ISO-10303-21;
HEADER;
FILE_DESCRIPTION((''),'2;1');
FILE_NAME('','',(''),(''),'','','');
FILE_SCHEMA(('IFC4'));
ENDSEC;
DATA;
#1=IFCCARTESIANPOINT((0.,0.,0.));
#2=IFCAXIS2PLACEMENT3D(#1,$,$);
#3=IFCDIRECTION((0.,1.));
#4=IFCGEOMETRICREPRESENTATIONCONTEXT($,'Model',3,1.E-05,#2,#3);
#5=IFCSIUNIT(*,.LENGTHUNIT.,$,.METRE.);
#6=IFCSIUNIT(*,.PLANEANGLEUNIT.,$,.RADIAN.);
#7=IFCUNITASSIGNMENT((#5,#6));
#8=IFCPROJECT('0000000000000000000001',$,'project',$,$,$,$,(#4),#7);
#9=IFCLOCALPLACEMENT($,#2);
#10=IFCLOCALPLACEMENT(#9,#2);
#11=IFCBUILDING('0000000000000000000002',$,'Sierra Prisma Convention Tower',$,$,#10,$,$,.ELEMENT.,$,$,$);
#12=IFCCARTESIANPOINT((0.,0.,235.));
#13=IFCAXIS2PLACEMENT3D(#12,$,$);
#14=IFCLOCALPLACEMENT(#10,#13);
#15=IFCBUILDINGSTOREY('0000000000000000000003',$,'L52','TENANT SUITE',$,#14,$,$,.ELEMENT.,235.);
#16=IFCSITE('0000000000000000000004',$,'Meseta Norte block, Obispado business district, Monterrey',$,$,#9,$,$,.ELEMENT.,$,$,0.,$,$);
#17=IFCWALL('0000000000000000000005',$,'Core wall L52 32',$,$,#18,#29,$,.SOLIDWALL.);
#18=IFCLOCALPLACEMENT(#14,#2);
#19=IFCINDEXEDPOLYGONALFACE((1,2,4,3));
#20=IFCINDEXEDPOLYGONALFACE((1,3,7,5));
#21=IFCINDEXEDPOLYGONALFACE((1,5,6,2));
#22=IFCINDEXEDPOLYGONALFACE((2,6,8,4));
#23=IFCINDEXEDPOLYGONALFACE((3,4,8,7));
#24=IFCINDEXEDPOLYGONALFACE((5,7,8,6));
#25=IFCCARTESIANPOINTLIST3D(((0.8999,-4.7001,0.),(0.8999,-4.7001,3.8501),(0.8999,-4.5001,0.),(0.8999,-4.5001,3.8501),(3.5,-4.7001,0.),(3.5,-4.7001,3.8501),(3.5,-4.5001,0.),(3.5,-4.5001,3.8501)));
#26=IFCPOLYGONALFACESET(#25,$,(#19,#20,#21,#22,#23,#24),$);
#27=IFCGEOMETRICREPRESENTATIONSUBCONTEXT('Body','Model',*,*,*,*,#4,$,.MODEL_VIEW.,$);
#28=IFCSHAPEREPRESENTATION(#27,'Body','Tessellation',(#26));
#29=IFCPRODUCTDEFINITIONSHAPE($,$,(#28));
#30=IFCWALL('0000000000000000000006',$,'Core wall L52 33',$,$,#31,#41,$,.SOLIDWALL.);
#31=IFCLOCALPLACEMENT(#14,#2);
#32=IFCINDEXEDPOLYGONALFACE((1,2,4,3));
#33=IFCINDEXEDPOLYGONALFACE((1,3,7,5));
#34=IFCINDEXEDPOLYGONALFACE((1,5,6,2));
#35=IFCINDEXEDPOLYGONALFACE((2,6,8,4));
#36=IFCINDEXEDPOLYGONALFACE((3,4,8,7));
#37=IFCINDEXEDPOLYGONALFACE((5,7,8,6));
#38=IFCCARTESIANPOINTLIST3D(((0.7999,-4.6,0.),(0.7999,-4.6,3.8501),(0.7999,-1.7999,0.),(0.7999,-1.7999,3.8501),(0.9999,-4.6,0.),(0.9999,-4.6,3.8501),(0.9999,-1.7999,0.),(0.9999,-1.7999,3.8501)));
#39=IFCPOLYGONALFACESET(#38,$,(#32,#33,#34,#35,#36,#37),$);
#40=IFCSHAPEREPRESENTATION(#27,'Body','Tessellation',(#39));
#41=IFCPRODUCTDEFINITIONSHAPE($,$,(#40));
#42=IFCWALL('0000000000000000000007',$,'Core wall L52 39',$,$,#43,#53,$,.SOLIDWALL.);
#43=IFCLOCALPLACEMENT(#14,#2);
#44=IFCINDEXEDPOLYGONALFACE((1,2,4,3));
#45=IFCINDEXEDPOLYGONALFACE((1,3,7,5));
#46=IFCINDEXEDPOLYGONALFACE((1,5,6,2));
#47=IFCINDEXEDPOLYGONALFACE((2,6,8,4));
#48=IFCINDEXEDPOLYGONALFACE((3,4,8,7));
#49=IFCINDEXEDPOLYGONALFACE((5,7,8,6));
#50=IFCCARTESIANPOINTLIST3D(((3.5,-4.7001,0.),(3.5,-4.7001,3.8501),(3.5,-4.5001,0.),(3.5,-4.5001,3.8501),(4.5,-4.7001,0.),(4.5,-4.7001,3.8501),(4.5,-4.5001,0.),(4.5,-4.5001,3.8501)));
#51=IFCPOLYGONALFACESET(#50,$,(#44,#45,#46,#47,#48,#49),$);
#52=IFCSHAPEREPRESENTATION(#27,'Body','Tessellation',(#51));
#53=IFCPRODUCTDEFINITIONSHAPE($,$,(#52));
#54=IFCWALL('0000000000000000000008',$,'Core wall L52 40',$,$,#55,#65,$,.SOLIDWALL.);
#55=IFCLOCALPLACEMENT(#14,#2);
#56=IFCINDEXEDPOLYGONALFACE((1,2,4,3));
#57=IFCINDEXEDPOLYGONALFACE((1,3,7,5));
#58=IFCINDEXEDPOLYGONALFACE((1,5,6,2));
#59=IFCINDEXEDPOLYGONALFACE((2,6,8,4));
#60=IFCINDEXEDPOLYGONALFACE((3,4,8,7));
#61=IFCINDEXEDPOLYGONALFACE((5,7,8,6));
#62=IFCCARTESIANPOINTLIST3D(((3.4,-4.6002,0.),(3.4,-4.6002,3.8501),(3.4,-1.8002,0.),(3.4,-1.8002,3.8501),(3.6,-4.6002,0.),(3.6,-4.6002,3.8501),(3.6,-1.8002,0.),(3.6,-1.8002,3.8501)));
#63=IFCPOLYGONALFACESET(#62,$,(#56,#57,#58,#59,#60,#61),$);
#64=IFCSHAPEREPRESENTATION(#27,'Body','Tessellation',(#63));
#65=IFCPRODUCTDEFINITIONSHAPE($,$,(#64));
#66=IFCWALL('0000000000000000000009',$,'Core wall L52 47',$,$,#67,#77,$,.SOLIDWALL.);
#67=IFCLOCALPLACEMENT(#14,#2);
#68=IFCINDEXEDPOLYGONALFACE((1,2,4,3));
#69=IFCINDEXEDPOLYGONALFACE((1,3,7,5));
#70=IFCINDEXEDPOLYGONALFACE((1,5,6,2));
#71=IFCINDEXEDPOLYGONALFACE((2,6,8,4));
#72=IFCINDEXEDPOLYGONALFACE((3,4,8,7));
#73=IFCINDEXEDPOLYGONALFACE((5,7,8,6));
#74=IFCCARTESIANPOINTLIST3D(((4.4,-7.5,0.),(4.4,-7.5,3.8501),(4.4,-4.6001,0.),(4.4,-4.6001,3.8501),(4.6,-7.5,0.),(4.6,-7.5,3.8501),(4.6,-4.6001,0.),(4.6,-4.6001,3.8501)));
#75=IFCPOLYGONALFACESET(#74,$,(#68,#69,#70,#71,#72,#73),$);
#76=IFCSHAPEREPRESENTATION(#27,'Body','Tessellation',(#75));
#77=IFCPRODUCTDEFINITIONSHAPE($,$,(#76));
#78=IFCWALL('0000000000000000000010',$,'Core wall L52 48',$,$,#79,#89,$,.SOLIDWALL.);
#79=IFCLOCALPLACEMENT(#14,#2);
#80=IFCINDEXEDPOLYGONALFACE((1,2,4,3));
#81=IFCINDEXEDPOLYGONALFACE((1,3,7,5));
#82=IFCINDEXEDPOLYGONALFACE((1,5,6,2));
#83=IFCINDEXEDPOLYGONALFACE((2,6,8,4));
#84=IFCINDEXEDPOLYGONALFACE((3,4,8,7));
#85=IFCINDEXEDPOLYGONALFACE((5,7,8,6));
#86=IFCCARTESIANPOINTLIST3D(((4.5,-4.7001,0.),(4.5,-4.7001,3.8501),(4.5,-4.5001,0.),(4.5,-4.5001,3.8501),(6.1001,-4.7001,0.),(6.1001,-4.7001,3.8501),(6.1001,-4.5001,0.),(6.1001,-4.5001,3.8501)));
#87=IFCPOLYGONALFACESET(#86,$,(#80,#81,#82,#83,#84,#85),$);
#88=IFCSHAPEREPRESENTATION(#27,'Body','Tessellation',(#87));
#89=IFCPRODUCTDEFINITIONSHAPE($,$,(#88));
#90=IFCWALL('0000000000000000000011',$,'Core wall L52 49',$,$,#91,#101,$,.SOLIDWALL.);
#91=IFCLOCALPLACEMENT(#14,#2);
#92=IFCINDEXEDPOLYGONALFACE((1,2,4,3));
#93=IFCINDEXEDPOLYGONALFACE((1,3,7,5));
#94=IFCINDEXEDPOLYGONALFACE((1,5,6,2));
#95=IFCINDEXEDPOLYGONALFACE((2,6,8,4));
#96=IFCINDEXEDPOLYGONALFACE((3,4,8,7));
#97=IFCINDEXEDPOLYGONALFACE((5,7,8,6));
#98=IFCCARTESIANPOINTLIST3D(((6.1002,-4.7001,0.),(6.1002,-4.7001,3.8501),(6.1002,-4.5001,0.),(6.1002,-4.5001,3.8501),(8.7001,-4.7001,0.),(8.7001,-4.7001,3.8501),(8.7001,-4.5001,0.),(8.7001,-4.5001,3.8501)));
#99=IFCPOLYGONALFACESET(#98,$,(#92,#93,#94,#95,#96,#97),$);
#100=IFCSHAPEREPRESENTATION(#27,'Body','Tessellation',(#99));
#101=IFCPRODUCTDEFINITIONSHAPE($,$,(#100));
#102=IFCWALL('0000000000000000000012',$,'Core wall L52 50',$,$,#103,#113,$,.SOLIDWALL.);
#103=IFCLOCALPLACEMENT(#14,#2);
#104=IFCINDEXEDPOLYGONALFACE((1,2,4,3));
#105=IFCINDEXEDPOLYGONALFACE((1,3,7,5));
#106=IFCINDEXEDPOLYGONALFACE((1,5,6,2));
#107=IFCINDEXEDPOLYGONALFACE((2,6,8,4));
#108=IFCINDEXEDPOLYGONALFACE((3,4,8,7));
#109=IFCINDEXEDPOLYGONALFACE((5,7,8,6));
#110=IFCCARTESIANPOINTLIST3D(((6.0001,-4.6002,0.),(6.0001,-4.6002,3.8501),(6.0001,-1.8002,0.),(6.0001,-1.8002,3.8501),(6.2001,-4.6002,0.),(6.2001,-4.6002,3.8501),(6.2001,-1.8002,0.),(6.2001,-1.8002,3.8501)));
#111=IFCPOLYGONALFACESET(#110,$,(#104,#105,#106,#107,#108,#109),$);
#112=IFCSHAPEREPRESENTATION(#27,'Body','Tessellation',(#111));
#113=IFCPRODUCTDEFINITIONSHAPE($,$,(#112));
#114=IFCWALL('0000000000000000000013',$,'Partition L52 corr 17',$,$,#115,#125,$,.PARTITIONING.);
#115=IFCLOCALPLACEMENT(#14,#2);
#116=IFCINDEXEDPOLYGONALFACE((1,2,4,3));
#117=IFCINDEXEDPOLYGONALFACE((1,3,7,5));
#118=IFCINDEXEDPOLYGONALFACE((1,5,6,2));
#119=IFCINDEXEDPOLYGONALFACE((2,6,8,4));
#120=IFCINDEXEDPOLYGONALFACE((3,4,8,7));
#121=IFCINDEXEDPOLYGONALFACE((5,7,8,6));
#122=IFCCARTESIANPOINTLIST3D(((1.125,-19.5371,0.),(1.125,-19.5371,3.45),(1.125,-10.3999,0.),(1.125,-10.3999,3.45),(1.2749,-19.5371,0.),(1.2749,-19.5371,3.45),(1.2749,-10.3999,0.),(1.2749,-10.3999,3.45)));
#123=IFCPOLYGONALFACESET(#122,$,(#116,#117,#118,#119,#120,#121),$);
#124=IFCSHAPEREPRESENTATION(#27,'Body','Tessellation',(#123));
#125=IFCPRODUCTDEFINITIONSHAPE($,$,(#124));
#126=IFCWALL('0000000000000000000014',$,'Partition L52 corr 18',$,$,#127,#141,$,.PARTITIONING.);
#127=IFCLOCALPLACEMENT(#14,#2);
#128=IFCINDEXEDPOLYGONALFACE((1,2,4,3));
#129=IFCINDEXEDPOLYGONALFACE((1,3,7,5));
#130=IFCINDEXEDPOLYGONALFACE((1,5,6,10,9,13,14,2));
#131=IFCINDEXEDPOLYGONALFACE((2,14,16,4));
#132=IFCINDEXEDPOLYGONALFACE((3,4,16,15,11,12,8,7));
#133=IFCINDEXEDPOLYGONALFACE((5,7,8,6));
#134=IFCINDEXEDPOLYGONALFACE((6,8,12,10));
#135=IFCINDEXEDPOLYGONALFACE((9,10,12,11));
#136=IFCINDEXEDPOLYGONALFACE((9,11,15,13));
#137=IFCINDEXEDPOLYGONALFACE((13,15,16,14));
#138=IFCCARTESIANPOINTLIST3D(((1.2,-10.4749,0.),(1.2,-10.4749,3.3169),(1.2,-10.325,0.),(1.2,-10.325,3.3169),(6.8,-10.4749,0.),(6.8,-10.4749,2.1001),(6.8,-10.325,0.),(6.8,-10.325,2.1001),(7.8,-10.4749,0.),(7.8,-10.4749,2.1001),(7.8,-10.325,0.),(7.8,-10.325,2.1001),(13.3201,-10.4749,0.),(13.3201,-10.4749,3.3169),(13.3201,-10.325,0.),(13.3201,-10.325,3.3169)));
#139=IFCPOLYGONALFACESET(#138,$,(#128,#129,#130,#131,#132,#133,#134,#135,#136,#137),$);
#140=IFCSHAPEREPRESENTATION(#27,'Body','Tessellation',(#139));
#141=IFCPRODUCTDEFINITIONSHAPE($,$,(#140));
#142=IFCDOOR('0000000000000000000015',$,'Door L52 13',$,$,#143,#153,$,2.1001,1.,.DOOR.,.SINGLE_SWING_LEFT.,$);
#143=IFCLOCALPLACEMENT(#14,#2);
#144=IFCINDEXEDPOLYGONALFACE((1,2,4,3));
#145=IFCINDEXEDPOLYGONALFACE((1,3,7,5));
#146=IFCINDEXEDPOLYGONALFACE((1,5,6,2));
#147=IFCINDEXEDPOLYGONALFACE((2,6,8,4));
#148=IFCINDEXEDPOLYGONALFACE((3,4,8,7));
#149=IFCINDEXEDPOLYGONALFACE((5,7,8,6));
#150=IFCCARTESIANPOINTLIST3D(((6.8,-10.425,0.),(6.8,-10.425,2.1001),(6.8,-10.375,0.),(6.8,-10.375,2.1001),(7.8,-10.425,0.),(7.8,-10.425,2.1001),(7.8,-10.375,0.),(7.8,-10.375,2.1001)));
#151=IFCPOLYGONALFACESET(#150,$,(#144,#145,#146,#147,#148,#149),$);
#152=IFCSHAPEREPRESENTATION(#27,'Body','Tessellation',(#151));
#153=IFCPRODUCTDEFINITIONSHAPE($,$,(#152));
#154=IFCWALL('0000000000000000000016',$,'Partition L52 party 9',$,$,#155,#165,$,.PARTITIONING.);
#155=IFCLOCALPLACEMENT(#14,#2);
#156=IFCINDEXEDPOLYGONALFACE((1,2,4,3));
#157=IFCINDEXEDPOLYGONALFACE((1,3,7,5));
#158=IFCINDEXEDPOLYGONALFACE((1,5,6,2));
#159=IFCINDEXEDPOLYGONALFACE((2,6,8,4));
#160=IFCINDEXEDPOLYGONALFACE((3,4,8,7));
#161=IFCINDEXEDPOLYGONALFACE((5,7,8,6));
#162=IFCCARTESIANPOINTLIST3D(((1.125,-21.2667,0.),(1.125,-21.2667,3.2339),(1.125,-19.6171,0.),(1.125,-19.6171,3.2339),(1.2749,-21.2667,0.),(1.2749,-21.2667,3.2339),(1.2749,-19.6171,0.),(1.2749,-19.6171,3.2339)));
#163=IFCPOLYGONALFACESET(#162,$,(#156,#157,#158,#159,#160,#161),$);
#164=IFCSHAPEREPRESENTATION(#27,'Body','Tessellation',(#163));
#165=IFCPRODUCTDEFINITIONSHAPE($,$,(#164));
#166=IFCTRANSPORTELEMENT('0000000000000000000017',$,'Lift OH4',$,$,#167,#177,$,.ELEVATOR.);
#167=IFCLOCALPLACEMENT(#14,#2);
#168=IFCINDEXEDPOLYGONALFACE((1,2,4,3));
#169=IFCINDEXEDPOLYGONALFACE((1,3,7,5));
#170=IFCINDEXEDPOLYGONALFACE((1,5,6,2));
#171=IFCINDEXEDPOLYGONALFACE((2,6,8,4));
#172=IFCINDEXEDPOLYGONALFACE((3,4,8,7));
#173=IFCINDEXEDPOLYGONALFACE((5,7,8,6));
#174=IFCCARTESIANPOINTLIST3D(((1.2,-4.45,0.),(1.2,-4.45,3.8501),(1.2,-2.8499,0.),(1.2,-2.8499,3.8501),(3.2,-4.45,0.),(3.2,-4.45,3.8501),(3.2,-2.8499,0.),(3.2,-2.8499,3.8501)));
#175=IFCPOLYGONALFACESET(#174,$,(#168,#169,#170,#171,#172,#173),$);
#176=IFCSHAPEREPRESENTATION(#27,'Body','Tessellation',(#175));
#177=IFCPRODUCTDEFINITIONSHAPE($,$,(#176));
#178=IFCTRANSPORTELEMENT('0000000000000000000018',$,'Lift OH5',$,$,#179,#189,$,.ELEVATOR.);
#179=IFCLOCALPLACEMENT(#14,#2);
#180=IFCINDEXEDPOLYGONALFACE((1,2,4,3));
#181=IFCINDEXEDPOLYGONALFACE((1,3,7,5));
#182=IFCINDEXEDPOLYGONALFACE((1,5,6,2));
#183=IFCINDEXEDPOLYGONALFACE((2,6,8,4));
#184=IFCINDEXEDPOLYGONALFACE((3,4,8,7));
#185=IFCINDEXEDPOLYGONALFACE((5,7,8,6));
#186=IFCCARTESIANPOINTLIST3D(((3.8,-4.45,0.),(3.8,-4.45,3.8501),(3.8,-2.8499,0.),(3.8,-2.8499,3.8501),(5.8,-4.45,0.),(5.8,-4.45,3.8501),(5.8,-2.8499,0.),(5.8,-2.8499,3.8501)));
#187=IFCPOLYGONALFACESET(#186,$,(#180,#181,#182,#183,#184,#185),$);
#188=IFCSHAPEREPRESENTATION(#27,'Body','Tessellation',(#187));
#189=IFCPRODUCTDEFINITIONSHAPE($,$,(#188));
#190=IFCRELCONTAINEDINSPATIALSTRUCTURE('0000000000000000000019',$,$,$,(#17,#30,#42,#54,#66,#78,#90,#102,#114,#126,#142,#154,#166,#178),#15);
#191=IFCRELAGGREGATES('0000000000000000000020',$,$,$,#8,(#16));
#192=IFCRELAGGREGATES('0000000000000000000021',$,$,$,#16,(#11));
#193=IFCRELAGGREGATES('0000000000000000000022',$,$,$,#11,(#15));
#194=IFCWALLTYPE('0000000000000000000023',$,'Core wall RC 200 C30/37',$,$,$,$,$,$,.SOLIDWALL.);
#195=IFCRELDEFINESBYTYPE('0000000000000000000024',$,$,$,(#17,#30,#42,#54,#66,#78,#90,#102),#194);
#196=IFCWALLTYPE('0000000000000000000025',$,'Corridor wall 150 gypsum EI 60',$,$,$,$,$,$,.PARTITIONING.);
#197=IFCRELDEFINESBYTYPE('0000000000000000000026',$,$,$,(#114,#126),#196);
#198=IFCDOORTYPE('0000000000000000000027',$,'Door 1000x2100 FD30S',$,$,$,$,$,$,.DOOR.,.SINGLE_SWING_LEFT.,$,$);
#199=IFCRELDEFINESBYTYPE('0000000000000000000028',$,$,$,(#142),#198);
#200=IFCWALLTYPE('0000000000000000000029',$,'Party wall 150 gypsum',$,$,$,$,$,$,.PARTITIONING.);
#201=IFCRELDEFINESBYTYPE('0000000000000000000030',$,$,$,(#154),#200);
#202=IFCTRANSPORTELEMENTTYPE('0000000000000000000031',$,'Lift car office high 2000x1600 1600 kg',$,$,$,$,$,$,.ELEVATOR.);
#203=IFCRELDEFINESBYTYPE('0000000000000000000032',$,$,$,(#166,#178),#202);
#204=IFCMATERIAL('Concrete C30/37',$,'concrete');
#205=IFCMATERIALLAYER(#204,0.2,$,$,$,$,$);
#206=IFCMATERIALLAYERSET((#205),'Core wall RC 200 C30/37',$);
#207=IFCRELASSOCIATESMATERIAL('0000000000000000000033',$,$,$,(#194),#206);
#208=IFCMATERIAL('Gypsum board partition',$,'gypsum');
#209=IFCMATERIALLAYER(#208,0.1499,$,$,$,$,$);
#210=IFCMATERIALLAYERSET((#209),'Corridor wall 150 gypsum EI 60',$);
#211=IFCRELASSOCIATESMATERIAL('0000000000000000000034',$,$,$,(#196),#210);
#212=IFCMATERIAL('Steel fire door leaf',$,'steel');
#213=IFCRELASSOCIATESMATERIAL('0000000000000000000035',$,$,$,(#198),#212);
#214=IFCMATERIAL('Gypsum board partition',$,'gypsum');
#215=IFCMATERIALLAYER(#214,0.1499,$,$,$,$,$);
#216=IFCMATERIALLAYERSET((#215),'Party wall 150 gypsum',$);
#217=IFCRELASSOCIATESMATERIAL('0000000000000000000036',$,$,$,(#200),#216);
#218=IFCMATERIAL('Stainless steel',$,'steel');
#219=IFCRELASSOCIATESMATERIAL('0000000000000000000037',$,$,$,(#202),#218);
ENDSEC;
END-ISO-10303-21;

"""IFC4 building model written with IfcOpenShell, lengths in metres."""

from ifc_helpers import new_model, si_unit, direction, frame, frame_2d, origin, origin_2d, place, context, subcontext, project, spatial, rectangle, extrude, material, layer, layer_set, type_object, element, fill, save


model = new_model("IFC4")

# Units and contexts
model_context = context("Model", 3, precision=1e-05, world=origin(), true_north=direction((0.0, 1.0)))
body_context = subcontext(model_context, "Body", "Model", "MODEL_VIEW")
ifc_project = project(units=[si_unit("LENGTHUNIT", "METRE"), si_unit("PLANEANGLEUNIT", "RADIAN")], contexts=[model_context])

# Site, building, storey
site_placement = place(None, origin())
site = spatial("IfcSite", under=ifc_project, at=site_placement, Name="Meseta Norte block, Obispado business district, Monterrey", CompositionType="ELEMENT", RefElevation=0.0)
building_placement = place(site_placement, origin())
building = spatial("IfcBuilding", under=site, at=building_placement, Name="Sierra Prisma Convention Tower", CompositionType="ELEMENT")
storey_placement = place(building_placement, frame((0.0, 0.0, 235.0)))
storey = spatial("IfcBuildingStorey", under=building, at=storey_placement, Name="L52", Description="TENANT SUITE", CompositionType="ELEMENT", Elevation=235.0)

# Shared definitions
ifc_material_1 = material(Name="Concrete C30/37", Category="concrete")
ifc_layer_1 = layer(ifc_material_1, 0.2)
ifc_layer_set_1 = layer_set([ifc_layer_1], Name="Core wall RC 200 C30/37")
wall_type_1 = type_object("IfcWallType", Name="Core wall RC 200 C30/37", PredefinedType="SOLIDWALL", material=ifc_layer_set_1)

# Walls
wall_1_placement = place(storey_placement, frame((3.5, -4.6001, 0.0), z_axis=(0.0, 0.0, 1.0), x_axis=(-1.0, 0.0, 0.0)))
element("IfcWall", 1, at=wall_1_placement, inside=storey, type_object=wall_type_1, Name="Core wall L52 32", PredefinedType="SOLIDWALL", context=body_context, shape_type="SweptSolid", body=[
    extrude(rectangle(XDim=2.6001, YDim=0.2, at=frame_2d((1.3, 0.0))), origin(), (0.0, 0.0, 1.0), 3.8501),
])
wall_2_placement = place(storey_placement, frame((0.8999, -1.8, 0.0), z_axis=(0.0, 0.0, 1.0), x_axis=(0.0, -1.0, 0.0)))
element("IfcWall", 2, at=wall_2_placement, inside=storey, type_object=wall_type_1, Name="Core wall L52 33", PredefinedType="SOLIDWALL", context=body_context, shape_type="SweptSolid", body=[
    extrude(rectangle(XDim=2.8, YDim=0.2, at=frame_2d((1.3999, 0.0))), origin(), (0.0, 0.0, 1.0), 3.8501),
])

# Walls
wall_3_placement = place(storey_placement, frame((4.5, -4.6001, 0.0), z_axis=(0.0, 0.0, 1.0), x_axis=(-1.0, 0.0, 0.0)))
element("IfcWall", 3, at=wall_3_placement, inside=storey, type_object=wall_type_1, Name="Core wall L52 39", PredefinedType="SOLIDWALL", context=body_context, shape_type="SweptSolid", body=[
    extrude(rectangle(XDim=1.0, YDim=0.2, at=frame_2d((0.5, 0.0))), origin(), (0.0, 0.0, 1.0), 3.8501),
])
wall_4_placement = place(storey_placement, frame((3.5, -4.6001, 0.0), z_axis=(0.0, 0.0, 1.0), x_axis=(0.0, 1.0, 0.0)))
element("IfcWall", 4, at=wall_4_placement, inside=storey, type_object=wall_type_1, Name="Core wall L52 40", PredefinedType="SOLIDWALL", context=body_context, shape_type="SweptSolid", body=[
    extrude(rectangle(XDim=2.8, YDim=0.2, at=frame_2d((1.3999, 0.0))), origin(), (0.0, 0.0, 1.0), 3.8501),
])

# Walls
wall_5_placement = place(storey_placement, frame((4.5, -4.6001, 0.0), z_axis=(0.0, 0.0, 1.0), x_axis=(0.0, -1.0, 0.0)))
element("IfcWall", 5, at=wall_5_placement, inside=storey, type_object=wall_type_1, Name="Core wall L52 47", PredefinedType="SOLIDWALL", context=body_context, shape_type="SweptSolid", body=[
    extrude(rectangle(XDim=2.8999, YDim=0.2, at=frame_2d((1.45, 0.0))), origin(), (0.0, 0.0, 1.0), 3.8501),
])
wall_6_placement = place(storey_placement, frame((6.1001, -4.6001, 0.0), z_axis=(0.0, 0.0, 1.0), x_axis=(-1.0, 0.0, 0.0)))
element("IfcWall", 6, at=wall_6_placement, inside=storey, type_object=wall_type_1, Name="Core wall L52 48", PredefinedType="SOLIDWALL", context=body_context, shape_type="SweptSolid", body=[
    extrude(rectangle(XDim=1.6001, YDim=0.2, at=frame_2d((0.8, 0.0))), origin(), (0.0, 0.0, 1.0), 3.8501),
])
wall_7_placement = place(storey_placement, frame((8.7, -4.6001, 0.0), z_axis=(0.0, 0.0, 1.0), x_axis=(-1.0, 0.0, 0.0)))
element("IfcWall", 7, at=wall_7_placement, inside=storey, type_object=wall_type_1, Name="Core wall L52 49", PredefinedType="SOLIDWALL", context=body_context, shape_type="SweptSolid", body=[
    extrude(rectangle(XDim=2.5999, YDim=0.2, at=frame_2d((1.2998, 0.0))), origin(), (0.0, 0.0, 1.0), 3.8501),
])
wall_8_placement = place(storey_placement, frame((6.1001, -4.6001, 0.0), z_axis=(0.0, 0.0, 1.0), x_axis=(0.0, 1.0, 0.0)))
element("IfcWall", 8, at=wall_8_placement, inside=storey, type_object=wall_type_1, Name="Core wall L52 50", PredefinedType="SOLIDWALL", context=body_context, shape_type="SweptSolid", body=[
    extrude(rectangle(XDim=2.8, YDim=0.2, at=frame_2d((1.3999, 0.0))), origin(), (0.0, 0.0, 1.0), 3.8501),
])

# Wall
ifc_material_2 = material(Name="Gypsum board partition", Category="gypsum")
ifc_layer_2 = layer(ifc_material_2, 0.1499)
ifc_layer_set_2 = layer_set([ifc_layer_2], Name="Corridor wall 150 gypsum EI 60")
wall_type_2 = type_object("IfcWallType", Name="Corridor wall 150 gypsum EI 60", PredefinedType="PARTITIONING", material=ifc_layer_set_2)
wall_9_placement = place(storey_placement, frame((1.2, -19.5371, 0.0), z_axis=(0.0, 0.0, 1.0), x_axis=(0.0, 1.0, 0.0)))
element("IfcWall", 9, at=wall_9_placement, inside=storey, type_object=wall_type_2, Name="Partition L52 corr 17", PredefinedType="PARTITIONING", context=body_context, shape_type="SweptSolid", body=[
    extrude(rectangle(XDim=9.1372, YDim=0.1499, at=frame_2d((4.5686, 0.0))), origin(), (0.0, 0.0, 1.0), 3.45),
])

# Wall, opening, door
wall_10_placement = place(storey_placement, frame((1.2, -10.3999, 0.0), z_axis=(0.0, 0.0, 1.0), x_axis=(1.0, 0.0, 0.0)))
wall_10 = element("IfcWall", 10, at=wall_10_placement, inside=storey, type_object=wall_type_2, Name="Partition L52 corr 18", PredefinedType="PARTITIONING", context=body_context, shape_type="SweptSolid", body=[
    extrude(rectangle(XDim=12.1201, YDim=0.1499, at=frame_2d((6.0601, 0.0))), origin(), (0.0, 0.0, 1.0), 3.3169),
])
opening_1_placement = place(wall_10_placement, frame((5.6001, 0.0, 0.0)))
opening_1 = element("IfcOpeningElement", 11, at=opening_1_placement, cuts=wall_10, PredefinedType="OPENING", context=body_context, shape_type="SweptSolid", body=[
    extrude(rectangle(XDim=1.0, YDim=2.1001, at=frame_2d((0.5, 1.05))), frame((0.0, 0.075, 0.0), z_axis=(0.0, -1.0, 0.0), x_axis=(1.0, 0.0, 0.0)), (0.0, 0.0, 1.0), 0.1499),
])
ifc_material_3 = material(Name="Steel fire door leaf", Category="steel")
door_type_1 = type_object("IfcDoorType", Name="Door 1000x2100 FD30S", OperationType="SINGLE_SWING_LEFT", PredefinedType="DOOR", material=ifc_material_3)
door_1_placement = place(opening_1_placement, origin())
door_1 = element("IfcDoor", 12, at=door_1_placement, inside=storey, type_object=door_type_1, Name="Door L52 13", OperationType="SINGLE_SWING_LEFT", OverallHeight=2.1001, OverallWidth=1.0, PredefinedType="DOOR", context=body_context, shape_type="SweptSolid", body=[
    extrude(rectangle(XDim=1.0, YDim=2.1001, at=frame_2d((0.5, 1.05))), frame((0.0, 0.0249, 0.0), z_axis=(0.0, -1.0, 0.0), x_axis=(1.0, 0.0, 0.0)), (0.0, 0.0, 1.0), 0.05),
])
fill(opening_1, door_1)

# Wall
ifc_material_4 = material(Name="Gypsum board partition", Category="gypsum")
ifc_layer_3 = layer(ifc_material_4, 0.1499)
ifc_layer_set_3 = layer_set([ifc_layer_3], Name="Party wall 150 gypsum")
wall_type_3 = type_object("IfcWallType", Name="Party wall 150 gypsum", PredefinedType="PARTITIONING", material=ifc_layer_set_3)
wall_11_placement = place(storey_placement, frame((1.2, -19.6172, 0.0), z_axis=(0.0, 0.0, 1.0), x_axis=(0.0, -1.0, 0.0)))
element("IfcWall", 13, at=wall_11_placement, inside=storey, type_object=wall_type_3, Name="Partition L52 party 9", PredefinedType="PARTITIONING", context=body_context, shape_type="SweptSolid", body=[
    extrude(rectangle(XDim=1.6497, YDim=0.1499, at=frame_2d((0.8247, 0.0))), origin(), (0.0, 0.0, 1.0), 3.2339),
])

# Transport elements
ifc_material_5 = material(Name="Stainless steel", Category="steel")
transport_element_type = type_object("IfcTransportElementType", Name="Lift car office high 2000x1600 1600 kg", PredefinedType="ELEVATOR", material=ifc_material_5)
for number, where, z_axis, x_axis, name in (
    (14, (2.2, -3.6499, 0.0), (0.0, 0.0, 1.0), (1.0, 0.0, 0.0), "Lift OH4"),
    (15, (4.8, -3.6499, 0.0), (0.0, 0.0, 1.0), (1.0, 0.0, 0.0), "Lift OH5"),
):
    element("IfcTransportElement", number, at=place(storey_placement, frame(where, z_axis=z_axis, x_axis=x_axis)), inside=storey, type_object=transport_element_type, Name=name, PredefinedType="ELEVATOR", context=body_context, shape_type="SweptSolid", body=[
        extrude(rectangle(XDim=2.0, YDim=1.6001, at=origin_2d()), origin(), (0.0, 0.0, 1.0), 3.8501),
    ])

save(model, "model.ifc")
